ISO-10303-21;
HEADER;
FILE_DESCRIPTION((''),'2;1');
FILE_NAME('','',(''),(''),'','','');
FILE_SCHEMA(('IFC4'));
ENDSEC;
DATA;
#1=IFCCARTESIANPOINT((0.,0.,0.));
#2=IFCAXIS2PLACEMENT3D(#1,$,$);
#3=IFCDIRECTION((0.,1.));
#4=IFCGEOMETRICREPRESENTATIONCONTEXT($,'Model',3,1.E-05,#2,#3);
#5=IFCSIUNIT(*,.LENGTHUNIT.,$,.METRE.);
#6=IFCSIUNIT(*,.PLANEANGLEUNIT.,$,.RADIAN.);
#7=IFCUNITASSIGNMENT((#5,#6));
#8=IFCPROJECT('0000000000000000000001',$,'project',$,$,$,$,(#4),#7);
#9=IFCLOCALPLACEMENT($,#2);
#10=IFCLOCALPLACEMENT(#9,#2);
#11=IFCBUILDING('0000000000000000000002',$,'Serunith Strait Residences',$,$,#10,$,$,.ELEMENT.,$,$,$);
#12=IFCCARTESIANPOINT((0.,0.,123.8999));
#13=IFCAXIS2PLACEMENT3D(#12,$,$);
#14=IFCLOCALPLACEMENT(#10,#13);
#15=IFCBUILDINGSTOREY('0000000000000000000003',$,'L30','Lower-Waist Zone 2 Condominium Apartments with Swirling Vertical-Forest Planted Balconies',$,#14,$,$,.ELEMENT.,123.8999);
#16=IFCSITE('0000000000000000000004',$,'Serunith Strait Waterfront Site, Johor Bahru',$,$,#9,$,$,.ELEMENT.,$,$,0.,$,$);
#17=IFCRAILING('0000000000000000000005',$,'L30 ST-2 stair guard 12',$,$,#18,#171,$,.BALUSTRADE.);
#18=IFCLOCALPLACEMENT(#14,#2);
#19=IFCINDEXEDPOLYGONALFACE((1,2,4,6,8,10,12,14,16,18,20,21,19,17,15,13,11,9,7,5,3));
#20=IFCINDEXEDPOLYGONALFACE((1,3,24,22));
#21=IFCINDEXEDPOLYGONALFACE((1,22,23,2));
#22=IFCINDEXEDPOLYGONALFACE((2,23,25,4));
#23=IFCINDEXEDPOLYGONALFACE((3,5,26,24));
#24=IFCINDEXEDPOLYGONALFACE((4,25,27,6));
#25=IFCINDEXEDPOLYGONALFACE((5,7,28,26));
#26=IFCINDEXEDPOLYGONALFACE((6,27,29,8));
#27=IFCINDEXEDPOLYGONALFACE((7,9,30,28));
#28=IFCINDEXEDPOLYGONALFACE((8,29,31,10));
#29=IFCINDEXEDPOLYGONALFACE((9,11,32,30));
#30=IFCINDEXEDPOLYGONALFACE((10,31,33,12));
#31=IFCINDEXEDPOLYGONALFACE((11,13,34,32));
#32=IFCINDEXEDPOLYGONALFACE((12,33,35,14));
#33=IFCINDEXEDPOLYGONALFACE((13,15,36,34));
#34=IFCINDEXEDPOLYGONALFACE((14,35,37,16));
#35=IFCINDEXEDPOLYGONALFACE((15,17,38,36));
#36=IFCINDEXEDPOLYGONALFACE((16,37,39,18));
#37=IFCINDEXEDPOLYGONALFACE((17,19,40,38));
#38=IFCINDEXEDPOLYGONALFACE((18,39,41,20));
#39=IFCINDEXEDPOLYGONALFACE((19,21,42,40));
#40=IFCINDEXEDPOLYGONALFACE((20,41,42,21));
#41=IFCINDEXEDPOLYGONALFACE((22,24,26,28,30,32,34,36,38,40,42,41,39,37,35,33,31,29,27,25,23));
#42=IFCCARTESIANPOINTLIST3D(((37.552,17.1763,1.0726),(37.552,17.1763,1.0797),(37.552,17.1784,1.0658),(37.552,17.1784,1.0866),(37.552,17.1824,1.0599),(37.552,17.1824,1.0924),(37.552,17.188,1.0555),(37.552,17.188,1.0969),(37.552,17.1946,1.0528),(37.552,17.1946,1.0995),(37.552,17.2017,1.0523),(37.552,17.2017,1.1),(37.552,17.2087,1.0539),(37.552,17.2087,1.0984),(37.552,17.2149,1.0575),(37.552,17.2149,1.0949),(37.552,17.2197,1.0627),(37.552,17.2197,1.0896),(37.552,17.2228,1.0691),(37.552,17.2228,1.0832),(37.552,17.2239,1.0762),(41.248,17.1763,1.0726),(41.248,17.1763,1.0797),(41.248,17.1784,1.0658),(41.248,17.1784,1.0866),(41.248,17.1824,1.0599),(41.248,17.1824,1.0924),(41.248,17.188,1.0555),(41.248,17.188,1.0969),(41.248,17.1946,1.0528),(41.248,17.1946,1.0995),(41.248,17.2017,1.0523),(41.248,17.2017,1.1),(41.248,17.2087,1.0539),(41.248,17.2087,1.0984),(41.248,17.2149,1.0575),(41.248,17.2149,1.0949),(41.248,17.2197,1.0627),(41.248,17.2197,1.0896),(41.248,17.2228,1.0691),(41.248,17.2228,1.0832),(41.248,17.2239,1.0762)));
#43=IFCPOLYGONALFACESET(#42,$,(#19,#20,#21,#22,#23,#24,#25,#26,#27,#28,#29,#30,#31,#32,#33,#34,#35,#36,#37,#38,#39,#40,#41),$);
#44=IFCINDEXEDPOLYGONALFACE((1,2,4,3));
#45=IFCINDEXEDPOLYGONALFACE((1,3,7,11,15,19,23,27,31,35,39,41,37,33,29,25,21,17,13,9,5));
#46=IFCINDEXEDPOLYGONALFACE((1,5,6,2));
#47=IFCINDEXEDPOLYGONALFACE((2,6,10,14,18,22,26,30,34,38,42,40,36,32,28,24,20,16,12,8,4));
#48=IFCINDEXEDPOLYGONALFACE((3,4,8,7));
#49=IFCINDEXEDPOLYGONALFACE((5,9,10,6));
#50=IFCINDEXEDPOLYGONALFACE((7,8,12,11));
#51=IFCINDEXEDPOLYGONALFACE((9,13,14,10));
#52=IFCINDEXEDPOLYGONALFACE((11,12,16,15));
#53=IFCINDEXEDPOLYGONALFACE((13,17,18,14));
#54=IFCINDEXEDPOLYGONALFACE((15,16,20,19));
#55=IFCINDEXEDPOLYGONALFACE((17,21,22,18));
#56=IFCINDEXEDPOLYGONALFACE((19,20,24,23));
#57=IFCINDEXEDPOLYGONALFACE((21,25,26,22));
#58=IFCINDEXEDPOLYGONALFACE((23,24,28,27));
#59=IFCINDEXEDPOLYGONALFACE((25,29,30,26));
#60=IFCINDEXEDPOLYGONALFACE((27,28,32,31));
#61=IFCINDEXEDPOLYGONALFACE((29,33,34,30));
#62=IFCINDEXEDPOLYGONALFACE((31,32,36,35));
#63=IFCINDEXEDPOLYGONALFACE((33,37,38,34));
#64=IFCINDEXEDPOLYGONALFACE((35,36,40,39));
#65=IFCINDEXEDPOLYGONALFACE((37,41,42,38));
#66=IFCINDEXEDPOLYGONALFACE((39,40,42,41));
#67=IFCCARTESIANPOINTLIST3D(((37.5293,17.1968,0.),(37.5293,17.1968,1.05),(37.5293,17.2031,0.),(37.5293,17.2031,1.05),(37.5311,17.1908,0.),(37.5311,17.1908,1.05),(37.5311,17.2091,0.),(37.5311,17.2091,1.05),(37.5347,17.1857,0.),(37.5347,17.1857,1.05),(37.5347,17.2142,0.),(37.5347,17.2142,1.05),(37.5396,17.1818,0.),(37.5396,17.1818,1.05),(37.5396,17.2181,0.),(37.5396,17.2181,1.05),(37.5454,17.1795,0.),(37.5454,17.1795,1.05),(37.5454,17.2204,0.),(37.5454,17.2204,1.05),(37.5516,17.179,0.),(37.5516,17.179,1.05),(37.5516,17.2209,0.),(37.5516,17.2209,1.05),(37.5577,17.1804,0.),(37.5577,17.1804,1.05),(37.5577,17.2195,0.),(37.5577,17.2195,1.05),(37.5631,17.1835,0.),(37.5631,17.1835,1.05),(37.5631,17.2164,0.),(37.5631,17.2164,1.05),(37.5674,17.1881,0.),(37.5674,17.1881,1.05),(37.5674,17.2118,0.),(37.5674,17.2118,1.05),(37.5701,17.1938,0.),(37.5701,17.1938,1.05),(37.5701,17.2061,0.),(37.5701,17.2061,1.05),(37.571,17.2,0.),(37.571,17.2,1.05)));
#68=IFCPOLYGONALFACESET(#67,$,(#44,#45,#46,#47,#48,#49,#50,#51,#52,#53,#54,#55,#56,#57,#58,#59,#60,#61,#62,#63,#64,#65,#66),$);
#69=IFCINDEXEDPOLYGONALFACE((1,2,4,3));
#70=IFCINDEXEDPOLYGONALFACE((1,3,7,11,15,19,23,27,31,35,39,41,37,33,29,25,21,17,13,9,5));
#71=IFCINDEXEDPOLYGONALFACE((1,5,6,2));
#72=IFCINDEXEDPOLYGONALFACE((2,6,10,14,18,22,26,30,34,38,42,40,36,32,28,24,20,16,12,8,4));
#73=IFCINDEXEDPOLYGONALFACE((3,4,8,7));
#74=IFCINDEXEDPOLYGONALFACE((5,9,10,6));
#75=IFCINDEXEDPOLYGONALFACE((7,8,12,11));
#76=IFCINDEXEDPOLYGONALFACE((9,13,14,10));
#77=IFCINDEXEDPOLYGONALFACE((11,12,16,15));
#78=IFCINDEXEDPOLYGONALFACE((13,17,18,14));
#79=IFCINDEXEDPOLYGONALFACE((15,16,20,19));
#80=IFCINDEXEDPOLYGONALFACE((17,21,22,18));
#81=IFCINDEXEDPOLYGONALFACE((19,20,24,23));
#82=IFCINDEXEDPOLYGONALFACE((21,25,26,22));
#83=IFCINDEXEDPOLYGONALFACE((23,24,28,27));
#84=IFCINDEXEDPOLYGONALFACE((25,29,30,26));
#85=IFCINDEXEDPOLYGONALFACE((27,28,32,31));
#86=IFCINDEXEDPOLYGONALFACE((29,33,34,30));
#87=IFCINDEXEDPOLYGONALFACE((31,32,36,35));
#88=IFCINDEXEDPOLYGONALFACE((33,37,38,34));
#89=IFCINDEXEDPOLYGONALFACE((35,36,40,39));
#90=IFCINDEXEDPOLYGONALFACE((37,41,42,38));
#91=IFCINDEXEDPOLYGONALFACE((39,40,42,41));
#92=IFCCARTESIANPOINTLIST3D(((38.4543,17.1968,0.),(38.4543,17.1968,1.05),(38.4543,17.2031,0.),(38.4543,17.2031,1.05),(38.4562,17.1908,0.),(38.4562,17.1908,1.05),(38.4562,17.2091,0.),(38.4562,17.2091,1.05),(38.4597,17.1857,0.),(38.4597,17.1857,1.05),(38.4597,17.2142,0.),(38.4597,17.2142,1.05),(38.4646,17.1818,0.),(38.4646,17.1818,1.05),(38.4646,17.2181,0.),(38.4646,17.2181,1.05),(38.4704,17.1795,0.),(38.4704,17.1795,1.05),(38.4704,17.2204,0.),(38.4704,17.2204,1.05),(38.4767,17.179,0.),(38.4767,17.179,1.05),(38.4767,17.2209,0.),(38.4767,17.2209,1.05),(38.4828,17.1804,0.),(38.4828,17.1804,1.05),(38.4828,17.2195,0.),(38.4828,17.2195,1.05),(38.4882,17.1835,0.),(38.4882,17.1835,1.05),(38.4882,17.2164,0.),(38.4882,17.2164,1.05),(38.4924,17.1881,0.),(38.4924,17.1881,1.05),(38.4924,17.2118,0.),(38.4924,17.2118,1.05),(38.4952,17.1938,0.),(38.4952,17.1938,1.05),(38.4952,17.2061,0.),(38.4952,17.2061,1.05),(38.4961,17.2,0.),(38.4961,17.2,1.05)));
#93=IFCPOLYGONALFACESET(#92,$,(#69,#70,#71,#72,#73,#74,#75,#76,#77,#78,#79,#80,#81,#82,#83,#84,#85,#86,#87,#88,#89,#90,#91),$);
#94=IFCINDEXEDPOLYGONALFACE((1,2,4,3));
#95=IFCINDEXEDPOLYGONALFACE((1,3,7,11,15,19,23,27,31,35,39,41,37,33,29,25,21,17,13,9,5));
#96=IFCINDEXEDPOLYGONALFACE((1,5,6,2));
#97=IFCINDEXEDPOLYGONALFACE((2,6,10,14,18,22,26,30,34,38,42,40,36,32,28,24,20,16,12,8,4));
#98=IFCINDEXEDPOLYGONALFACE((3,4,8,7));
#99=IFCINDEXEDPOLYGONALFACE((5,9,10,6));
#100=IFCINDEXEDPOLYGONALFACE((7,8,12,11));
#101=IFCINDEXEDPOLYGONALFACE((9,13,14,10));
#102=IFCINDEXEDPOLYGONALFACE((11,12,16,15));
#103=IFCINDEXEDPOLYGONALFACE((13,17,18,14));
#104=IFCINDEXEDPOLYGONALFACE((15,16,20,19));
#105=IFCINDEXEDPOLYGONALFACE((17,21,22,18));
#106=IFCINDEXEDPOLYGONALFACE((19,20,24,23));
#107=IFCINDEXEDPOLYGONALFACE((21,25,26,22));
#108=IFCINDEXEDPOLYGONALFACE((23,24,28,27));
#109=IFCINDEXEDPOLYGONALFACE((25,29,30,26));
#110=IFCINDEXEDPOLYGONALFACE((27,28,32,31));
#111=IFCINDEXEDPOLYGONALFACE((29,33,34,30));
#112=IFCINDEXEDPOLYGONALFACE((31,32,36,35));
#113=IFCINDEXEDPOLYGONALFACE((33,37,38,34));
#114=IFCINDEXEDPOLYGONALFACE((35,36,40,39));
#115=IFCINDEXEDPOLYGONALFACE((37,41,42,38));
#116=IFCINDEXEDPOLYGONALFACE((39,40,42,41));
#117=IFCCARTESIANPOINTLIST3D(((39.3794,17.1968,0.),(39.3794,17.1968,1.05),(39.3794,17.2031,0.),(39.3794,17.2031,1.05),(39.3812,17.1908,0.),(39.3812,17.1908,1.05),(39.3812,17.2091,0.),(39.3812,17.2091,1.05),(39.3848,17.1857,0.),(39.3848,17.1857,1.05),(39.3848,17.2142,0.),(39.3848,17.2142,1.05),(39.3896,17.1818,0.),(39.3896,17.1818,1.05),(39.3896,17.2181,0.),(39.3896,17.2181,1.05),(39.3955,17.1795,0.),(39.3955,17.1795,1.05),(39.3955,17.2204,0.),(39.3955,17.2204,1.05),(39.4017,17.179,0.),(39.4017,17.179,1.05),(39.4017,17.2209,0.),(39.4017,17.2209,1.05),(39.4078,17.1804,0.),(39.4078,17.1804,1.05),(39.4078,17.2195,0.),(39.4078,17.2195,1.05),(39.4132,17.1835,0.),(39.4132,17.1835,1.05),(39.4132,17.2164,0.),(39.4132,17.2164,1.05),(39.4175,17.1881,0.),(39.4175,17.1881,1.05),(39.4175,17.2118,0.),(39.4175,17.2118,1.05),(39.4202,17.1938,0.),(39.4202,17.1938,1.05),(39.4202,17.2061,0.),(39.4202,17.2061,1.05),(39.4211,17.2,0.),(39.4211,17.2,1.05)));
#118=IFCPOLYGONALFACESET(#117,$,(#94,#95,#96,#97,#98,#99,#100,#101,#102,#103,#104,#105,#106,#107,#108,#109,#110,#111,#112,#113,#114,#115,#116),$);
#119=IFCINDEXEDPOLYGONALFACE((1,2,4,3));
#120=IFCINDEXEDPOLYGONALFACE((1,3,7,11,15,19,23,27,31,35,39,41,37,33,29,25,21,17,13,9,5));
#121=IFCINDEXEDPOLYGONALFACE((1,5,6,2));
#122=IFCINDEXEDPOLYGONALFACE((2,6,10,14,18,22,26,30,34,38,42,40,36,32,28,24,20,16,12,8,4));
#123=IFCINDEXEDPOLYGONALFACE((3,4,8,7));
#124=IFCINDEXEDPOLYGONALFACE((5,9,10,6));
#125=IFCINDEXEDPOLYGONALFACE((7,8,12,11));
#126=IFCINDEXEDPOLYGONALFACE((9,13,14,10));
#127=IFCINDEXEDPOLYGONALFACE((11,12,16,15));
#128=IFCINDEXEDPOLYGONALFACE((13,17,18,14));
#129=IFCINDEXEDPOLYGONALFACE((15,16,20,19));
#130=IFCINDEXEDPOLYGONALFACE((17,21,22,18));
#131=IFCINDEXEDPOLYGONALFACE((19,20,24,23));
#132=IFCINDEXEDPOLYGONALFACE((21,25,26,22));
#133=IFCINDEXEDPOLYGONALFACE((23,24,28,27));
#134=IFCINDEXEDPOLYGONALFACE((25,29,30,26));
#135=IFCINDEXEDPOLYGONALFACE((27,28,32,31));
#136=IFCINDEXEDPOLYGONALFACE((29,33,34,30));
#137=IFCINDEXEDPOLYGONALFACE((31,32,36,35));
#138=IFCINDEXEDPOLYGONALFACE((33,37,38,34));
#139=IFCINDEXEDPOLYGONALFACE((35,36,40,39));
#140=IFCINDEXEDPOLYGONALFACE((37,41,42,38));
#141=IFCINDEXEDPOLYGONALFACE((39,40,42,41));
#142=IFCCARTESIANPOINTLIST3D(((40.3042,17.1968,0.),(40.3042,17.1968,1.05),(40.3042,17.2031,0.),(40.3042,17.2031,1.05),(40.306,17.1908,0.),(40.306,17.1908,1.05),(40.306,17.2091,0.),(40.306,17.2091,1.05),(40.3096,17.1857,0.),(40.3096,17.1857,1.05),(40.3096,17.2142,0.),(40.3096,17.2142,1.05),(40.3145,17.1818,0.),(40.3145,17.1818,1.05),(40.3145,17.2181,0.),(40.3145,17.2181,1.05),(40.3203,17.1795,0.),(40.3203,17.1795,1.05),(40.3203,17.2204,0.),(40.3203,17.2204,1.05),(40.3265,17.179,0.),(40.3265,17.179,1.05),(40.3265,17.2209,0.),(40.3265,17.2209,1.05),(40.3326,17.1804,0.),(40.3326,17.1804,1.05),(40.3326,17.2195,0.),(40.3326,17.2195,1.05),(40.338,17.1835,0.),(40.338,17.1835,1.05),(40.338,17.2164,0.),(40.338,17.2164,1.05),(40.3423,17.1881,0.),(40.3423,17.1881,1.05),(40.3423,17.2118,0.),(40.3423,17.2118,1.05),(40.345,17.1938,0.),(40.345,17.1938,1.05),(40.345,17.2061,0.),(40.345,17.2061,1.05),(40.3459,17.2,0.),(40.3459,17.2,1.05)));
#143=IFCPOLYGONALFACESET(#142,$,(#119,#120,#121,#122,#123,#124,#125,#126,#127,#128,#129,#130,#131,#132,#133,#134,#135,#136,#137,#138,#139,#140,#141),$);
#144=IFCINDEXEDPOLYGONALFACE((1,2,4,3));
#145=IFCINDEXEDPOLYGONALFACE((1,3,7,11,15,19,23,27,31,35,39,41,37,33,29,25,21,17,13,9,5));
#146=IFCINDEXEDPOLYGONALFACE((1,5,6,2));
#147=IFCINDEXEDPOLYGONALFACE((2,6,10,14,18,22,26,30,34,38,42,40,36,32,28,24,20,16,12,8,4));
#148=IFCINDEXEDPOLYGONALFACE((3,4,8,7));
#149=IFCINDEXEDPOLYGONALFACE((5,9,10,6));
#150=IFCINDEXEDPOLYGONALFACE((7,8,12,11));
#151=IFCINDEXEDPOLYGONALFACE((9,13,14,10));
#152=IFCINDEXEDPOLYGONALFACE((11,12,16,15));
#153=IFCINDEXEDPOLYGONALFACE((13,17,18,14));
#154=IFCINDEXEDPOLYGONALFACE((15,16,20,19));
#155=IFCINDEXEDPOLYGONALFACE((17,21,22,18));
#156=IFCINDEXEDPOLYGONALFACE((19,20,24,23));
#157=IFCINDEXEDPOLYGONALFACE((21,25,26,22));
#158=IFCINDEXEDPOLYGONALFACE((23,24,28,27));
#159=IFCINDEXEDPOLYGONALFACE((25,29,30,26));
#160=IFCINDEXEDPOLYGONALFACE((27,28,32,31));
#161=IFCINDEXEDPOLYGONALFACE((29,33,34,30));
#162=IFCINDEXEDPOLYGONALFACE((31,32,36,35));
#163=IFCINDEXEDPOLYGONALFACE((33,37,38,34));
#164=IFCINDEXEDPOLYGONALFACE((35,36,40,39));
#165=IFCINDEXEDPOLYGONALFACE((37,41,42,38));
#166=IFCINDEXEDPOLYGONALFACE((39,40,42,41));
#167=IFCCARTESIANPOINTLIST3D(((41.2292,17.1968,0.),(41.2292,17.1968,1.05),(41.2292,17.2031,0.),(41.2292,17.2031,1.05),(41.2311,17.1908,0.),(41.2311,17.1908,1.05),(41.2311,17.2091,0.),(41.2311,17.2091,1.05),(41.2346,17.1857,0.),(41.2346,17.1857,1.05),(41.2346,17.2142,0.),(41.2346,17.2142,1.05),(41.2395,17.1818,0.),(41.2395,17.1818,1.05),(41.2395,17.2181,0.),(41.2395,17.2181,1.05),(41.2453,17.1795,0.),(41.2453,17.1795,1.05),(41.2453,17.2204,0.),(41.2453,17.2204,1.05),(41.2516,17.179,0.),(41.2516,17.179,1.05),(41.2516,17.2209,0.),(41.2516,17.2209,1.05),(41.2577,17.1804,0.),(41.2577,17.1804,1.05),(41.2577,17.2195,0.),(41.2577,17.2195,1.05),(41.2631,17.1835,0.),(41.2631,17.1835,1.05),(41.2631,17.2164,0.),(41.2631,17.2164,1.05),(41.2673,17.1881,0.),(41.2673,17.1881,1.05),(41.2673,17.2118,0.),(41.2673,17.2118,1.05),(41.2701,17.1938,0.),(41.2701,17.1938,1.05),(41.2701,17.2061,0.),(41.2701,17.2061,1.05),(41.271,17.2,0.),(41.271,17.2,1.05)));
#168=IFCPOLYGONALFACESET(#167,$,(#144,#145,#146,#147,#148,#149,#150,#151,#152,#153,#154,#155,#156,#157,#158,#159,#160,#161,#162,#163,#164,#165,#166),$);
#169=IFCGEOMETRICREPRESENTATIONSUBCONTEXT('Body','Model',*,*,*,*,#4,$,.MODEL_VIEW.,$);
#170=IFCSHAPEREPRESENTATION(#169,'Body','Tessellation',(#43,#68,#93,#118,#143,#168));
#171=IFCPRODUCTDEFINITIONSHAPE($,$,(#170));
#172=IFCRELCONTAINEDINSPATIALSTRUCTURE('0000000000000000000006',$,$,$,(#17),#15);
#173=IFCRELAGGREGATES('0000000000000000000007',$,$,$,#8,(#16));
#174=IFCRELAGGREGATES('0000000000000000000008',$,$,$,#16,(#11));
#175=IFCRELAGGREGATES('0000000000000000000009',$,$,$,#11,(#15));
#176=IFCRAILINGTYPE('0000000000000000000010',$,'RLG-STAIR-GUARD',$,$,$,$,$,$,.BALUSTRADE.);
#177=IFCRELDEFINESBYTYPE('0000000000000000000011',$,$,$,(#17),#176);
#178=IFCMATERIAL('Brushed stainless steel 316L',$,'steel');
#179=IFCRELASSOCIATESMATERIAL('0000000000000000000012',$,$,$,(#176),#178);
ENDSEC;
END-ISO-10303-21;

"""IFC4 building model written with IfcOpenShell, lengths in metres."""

from ifc_helpers import new_model, si_unit, direction, frame, origin, origin_2d, place, context, subcontext, project, spatial, circle, extrude, material, type_object, element, save


model = new_model("IFC4")

# Units and contexts
model_context = context("Model", 3, precision=1e-05, world=origin(), true_north=direction((0.0, 1.0)))
body_context = subcontext(model_context, "Body", "Model", "MODEL_VIEW")
ifc_project = project(units=[si_unit("LENGTHUNIT", "METRE"), si_unit("PLANEANGLEUNIT", "RADIAN")], contexts=[model_context])

# Site, building, storey
site_placement = place(None, origin())
site = spatial("IfcSite", under=ifc_project, at=site_placement, Name="Serunith Strait Waterfront Site, Johor Bahru", CompositionType="ELEMENT", RefElevation=0.0)
building_placement = place(site_placement, origin())
building = spatial("IfcBuilding", under=site, at=building_placement, Name="Serunith Strait Residences", CompositionType="ELEMENT")
storey_placement = place(building_placement, frame((0.0, 0.0, 123.8999)))
storey = spatial("IfcBuildingStorey", under=building, at=storey_placement, Name="L30", Description="Lower-Waist Zone 2 Condominium Apartments with Swirling Vertical-Forest Planted Balconies", CompositionType="ELEMENT", Elevation=123.8999)

# Railing
ifc_material_1 = material(Name="Brushed stainless steel 316L", Category="steel")
railing_type_1 = type_object("IfcRailingType", Name="RLG-STAIR-GUARD", PredefinedType="BALUSTRADE", material=ifc_material_1)
railing_1_placement = place(storey_placement, frame((37.55, 17.2, 0.0)))
element("IfcRailing", 1, at=railing_1_placement, inside=storey, type_object=railing_type_1, Name="L30 ST-2 stair guard 12", PredefinedType="BALUSTRADE", context=body_context, shape_type="SweptSolid", body=[
    extrude(circle(Radius=0.0239, at=origin_2d()), frame((0.002, 0.0, 1.0762), z_axis=(1.0, 0.0, 0.0), x_axis=(0.0, 1.0, 0.0)), (0.0, 0.0, 1.0), 3.696),
    extrude(circle(Radius=0.021, at=origin_2d()), origin(), (0.0, 0.0, 1.0), 1.05),
    extrude(circle(Radius=0.021, at=origin_2d()), frame((0.925, 0.0, 0.0)), (0.0, 0.0, 1.0), 1.05),
    extrude(circle(Radius=0.021, at=origin_2d()), frame((1.8501, 0.0, 0.0)), (0.0, 0.0, 1.0), 1.05),
    extrude(circle(Radius=0.021, at=origin_2d()), frame((2.7749, 0.0, 0.0)), (0.0, 0.0, 1.0), 1.05),
    extrude(circle(Radius=0.021, at=origin_2d()), frame((3.7, 0.0, 0.0)), (0.0, 0.0, 1.0), 1.05),
])

save(model, "model.ifc")
